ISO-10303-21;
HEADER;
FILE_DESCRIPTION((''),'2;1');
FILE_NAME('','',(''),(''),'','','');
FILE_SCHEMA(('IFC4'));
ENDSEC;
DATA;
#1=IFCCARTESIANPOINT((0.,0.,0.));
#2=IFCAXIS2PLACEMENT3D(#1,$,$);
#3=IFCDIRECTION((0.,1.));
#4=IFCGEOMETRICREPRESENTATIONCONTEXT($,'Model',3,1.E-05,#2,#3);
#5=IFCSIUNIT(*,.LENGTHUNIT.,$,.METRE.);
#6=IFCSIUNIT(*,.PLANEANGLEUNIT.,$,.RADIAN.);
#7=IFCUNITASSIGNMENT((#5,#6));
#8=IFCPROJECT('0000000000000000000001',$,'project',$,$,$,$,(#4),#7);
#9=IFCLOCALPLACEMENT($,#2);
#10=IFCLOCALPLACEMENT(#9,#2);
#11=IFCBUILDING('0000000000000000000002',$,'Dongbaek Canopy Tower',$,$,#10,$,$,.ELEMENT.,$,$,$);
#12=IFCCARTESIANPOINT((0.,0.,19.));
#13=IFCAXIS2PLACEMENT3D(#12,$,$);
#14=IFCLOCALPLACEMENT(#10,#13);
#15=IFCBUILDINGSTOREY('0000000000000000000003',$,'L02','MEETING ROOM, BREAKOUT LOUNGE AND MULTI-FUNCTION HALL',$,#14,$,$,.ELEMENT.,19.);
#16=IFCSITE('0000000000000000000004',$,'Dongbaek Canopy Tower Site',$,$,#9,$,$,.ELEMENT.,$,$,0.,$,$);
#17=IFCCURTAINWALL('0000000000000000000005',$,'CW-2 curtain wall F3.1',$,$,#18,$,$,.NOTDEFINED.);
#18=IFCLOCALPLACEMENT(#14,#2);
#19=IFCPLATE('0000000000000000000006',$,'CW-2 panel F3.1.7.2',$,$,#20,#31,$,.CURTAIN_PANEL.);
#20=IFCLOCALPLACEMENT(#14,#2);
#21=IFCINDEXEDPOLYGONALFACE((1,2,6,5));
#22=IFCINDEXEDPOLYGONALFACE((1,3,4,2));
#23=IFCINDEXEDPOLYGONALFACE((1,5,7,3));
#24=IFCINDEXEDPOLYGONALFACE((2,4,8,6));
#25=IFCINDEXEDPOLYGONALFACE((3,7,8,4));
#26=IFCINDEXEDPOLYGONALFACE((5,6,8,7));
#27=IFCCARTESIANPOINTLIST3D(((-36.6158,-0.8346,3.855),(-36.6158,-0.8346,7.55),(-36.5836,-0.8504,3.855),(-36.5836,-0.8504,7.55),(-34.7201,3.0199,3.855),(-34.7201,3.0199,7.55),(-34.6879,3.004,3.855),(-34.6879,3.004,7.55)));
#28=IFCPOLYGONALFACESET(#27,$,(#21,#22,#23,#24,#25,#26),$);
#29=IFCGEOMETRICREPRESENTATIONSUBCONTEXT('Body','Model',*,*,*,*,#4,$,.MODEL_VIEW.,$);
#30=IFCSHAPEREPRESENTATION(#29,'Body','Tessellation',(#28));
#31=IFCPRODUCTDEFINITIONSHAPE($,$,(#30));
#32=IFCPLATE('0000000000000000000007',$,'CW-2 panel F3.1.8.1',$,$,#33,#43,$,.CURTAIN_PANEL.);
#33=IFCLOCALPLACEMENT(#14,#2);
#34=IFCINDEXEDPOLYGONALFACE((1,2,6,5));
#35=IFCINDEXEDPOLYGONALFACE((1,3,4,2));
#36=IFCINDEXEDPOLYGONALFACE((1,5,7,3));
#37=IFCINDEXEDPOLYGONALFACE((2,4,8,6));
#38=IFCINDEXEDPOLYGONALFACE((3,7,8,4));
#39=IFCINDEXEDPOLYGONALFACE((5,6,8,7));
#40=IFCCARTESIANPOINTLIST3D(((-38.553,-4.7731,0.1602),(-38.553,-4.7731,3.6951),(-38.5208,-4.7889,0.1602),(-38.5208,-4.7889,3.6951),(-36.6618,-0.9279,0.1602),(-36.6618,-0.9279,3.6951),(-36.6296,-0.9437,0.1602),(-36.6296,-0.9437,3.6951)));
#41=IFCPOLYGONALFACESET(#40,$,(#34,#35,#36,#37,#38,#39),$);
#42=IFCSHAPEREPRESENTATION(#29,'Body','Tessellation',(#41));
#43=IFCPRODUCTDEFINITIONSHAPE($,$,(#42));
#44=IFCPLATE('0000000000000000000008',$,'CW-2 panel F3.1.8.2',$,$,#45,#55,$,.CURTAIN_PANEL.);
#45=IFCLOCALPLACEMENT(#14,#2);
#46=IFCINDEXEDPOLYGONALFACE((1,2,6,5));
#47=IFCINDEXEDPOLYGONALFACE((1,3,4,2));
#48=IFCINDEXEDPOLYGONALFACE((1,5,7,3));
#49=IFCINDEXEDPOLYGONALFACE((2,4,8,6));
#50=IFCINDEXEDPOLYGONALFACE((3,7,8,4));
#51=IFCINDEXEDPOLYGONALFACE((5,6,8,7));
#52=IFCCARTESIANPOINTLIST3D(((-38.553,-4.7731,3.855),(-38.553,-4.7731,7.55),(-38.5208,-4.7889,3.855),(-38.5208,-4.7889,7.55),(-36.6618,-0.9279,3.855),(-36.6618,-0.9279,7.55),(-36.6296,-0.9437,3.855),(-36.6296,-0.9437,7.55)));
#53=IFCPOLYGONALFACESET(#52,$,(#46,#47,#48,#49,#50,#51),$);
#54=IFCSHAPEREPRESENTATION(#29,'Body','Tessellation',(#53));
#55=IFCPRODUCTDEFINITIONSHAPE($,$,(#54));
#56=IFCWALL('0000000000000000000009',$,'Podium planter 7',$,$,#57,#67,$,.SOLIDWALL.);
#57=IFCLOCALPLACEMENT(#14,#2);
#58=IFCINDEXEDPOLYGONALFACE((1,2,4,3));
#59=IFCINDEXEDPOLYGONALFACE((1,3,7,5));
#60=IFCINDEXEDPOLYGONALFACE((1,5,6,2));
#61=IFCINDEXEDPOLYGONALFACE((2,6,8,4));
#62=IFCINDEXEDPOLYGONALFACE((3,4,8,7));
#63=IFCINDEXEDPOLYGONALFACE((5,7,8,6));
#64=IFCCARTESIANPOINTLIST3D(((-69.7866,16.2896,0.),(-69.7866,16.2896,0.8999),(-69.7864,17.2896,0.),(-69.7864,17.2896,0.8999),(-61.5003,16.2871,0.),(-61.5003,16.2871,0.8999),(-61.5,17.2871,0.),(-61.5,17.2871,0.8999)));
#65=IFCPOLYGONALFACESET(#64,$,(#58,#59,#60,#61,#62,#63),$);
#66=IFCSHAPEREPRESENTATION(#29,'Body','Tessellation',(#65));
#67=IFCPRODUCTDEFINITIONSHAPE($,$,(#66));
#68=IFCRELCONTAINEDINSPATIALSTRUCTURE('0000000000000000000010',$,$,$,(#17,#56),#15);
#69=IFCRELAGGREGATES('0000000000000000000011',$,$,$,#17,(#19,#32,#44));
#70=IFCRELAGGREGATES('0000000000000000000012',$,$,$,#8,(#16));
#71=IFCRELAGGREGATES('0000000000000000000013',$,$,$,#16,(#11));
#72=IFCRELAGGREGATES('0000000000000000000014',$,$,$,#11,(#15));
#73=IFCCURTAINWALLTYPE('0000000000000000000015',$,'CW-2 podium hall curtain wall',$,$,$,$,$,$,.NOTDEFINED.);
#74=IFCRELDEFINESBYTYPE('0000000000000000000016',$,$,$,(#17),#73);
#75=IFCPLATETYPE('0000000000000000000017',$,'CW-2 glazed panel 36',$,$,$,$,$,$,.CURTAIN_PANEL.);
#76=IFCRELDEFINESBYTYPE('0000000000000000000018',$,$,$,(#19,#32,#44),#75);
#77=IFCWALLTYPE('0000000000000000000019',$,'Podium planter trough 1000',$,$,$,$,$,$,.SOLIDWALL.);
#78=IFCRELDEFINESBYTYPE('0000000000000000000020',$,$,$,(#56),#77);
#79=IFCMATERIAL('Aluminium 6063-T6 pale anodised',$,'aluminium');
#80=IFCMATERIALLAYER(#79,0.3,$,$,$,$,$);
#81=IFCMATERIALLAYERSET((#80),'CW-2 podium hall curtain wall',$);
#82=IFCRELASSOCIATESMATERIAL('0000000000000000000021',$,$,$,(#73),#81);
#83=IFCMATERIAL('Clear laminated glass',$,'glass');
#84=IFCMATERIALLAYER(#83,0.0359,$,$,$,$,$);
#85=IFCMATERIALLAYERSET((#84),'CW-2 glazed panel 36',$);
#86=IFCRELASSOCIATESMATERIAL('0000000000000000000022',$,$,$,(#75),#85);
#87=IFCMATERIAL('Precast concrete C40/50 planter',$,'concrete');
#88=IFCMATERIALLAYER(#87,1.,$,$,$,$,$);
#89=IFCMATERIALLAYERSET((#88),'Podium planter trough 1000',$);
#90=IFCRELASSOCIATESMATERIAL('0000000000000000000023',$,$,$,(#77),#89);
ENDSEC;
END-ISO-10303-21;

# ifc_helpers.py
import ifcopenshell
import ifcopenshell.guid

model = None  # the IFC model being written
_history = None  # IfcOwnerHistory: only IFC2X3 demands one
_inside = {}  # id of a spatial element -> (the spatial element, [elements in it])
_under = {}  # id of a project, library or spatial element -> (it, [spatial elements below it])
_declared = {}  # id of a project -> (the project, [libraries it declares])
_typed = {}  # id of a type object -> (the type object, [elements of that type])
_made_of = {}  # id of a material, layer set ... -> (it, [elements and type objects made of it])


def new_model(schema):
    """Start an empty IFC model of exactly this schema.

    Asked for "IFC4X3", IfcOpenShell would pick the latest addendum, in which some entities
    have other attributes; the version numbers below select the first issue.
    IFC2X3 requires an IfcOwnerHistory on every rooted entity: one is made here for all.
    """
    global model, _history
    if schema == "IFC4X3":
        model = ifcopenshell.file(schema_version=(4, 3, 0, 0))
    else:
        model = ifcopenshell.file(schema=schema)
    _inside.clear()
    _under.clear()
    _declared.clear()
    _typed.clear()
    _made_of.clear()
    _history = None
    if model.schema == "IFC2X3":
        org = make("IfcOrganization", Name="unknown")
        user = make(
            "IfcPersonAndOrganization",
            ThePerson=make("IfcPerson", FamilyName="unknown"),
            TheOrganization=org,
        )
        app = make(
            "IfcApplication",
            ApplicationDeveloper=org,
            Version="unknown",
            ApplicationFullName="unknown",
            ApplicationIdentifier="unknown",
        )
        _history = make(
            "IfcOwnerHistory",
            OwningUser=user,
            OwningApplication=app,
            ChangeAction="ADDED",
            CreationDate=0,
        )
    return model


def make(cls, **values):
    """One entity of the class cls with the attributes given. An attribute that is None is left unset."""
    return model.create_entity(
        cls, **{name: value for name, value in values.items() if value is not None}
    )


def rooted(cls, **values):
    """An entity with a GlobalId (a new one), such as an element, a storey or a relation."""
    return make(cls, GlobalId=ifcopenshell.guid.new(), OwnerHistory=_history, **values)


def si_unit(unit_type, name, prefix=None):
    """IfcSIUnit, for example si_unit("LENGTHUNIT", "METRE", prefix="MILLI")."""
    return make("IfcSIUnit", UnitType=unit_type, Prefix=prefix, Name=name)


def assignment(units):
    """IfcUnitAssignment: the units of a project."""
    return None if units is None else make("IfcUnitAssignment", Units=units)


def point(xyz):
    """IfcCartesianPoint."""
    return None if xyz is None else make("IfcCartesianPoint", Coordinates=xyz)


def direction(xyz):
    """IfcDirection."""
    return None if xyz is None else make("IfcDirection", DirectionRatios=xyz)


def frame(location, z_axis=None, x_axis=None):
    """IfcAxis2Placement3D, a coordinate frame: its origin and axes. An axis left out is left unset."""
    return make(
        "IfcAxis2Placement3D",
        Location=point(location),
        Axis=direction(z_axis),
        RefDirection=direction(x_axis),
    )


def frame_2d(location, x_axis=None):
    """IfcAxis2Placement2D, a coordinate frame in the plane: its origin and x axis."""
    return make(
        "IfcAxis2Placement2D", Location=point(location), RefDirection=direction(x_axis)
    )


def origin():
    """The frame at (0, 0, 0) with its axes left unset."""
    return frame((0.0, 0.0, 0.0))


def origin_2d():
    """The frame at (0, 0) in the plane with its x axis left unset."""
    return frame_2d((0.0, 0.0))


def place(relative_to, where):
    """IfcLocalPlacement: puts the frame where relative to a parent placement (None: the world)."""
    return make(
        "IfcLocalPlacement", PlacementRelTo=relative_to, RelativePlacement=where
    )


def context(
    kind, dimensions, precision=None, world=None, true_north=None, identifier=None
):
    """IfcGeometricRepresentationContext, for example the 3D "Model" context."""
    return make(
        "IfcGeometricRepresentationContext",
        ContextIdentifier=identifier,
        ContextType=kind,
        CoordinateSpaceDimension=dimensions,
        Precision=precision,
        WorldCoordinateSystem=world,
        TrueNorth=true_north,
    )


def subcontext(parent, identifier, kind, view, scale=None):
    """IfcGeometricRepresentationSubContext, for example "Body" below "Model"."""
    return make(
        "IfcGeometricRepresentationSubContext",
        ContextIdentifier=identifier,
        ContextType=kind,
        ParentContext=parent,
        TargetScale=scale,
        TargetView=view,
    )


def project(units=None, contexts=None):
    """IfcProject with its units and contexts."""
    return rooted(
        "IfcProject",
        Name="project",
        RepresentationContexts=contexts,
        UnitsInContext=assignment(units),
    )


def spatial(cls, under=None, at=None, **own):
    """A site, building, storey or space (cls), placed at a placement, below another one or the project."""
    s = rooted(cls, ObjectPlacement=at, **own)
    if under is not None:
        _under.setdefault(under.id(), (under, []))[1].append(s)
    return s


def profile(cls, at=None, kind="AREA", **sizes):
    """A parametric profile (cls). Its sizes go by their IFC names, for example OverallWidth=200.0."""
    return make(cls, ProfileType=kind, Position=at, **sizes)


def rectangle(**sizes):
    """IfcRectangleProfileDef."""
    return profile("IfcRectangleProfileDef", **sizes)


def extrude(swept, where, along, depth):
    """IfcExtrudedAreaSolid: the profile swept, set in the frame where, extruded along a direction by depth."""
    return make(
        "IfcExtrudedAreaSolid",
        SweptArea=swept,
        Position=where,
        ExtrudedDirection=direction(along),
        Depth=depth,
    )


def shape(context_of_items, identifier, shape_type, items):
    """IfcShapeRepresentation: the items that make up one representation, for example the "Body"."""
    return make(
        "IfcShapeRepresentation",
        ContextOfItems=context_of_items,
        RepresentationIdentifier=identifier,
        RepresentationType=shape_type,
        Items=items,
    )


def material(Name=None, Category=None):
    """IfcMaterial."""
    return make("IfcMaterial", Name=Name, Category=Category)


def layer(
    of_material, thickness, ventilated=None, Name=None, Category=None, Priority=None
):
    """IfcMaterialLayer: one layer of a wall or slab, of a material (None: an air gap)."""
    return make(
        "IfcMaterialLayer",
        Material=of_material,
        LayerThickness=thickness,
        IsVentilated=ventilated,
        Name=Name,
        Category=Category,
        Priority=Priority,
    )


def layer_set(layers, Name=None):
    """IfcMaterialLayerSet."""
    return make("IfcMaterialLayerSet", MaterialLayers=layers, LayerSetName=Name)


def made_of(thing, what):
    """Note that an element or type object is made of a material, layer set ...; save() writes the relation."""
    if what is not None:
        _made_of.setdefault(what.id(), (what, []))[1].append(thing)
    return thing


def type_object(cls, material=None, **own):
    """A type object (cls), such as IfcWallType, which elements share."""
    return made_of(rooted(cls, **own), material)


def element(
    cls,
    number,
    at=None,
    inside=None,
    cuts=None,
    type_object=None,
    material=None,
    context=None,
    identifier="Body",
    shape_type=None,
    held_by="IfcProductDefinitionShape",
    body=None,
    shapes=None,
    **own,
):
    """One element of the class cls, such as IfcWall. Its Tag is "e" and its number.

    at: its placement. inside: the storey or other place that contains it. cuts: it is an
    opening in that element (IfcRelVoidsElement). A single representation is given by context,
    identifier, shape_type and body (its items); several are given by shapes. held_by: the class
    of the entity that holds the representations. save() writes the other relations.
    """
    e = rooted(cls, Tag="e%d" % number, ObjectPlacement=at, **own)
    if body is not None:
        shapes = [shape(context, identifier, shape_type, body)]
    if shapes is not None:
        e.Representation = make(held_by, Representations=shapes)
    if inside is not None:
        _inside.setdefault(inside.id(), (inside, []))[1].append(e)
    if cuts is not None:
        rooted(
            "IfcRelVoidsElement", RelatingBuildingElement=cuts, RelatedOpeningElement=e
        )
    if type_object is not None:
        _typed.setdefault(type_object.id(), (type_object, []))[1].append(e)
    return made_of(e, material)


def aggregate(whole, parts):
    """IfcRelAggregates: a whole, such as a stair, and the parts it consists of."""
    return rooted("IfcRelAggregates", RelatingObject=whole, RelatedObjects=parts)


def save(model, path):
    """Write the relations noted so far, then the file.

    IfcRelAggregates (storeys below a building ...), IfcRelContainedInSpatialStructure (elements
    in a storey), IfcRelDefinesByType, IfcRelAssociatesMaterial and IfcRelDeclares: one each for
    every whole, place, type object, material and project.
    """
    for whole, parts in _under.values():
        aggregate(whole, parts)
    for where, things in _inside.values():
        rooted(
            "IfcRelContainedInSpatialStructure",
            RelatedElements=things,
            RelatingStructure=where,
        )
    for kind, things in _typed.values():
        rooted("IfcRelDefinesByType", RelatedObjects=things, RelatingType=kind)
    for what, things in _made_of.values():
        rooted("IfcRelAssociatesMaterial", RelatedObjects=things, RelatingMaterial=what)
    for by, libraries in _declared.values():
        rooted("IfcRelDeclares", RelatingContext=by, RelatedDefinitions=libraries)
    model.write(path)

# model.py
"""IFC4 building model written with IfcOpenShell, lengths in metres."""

from ifc_helpers import new_model, si_unit, direction, frame, frame_2d, origin, origin_2d, place, context, subcontext, project, spatial, rectangle, extrude, material, layer, layer_set, type_object, element, aggregate, save


model = new_model("IFC4")

# Units and contexts
model_context = context("Model", 3, precision=1e-05, world=origin(), true_north=direction((0.0, 1.0)))
body_context = subcontext(model_context, "Body", "Model", "MODEL_VIEW")
ifc_project = project(units=[si_unit("LENGTHUNIT", "METRE"), si_unit("PLANEANGLEUNIT", "RADIAN")], contexts=[model_context])

# Site, building, storey
site_placement = place(None, origin())
site = spatial("IfcSite", under=ifc_project, at=site_placement, Name="Dongbaek Canopy Tower Site", CompositionType="ELEMENT", RefElevation=0.0)
building_placement = place(site_placement, origin())
building = spatial("IfcBuilding", under=site, at=building_placement, Name="Dongbaek Canopy Tower", CompositionType="ELEMENT")
storey_placement = place(building_placement, frame((0.0, 0.0, 19.0)))
storey = spatial("IfcBuildingStorey", under=building, at=storey_placement, Name="L02", Description="MEETING ROOM, BREAKOUT LOUNGE AND MULTI-FUNCTION HALL", CompositionType="ELEMENT", Elevation=19.0)

# Curtain wall
ifc_material_1 = material(Name="Aluminium 6063-T6 pale anodised", Category="aluminium")
ifc_layer_1 = layer(ifc_material_1, 0.3)
ifc_layer_set_1 = layer_set([ifc_layer_1], Name="CW-2 podium hall curtain wall")
curtain_wall_type = type_object("IfcCurtainWallType", Name="CW-2 podium hall curtain wall", PredefinedType="NOTDEFINED", material=ifc_layer_set_1)
curtain_wall_placement = place(storey_placement, origin())
curtain_wall = element("IfcCurtainWall", 1, at=curtain_wall_placement, inside=storey, type_object=curtain_wall_type, Name="CW-2 curtain wall F3.1", PredefinedType="NOTDEFINED")

# Plates
ifc_material_2 = material(Name="Clear laminated glass", Category="glass")
ifc_layer_2 = layer(ifc_material_2, 0.0359)
ifc_layer_set_2 = layer_set([ifc_layer_2], Name="CW-2 glazed panel 36")
plate_type = type_object("IfcPlateType", Name="CW-2 glazed panel 36", PredefinedType="CURTAIN_PANEL", material=ifc_layer_set_2)
plate_1_placement = place(storey_placement, frame((-35.6519, 1.0847, 3.855), z_axis=(0.0, 0.0, 1.0), x_axis=(-0.441342, -0.897339, 0.0)))
plate_1 = element("IfcPlate", 2, at=plate_1_placement, type_object=plate_type, Name="CW-2 panel F3.1.7.2", PredefinedType="CURTAIN_PANEL", context=body_context, shape_type="SweptSolid", body=[
    extrude(rectangle(XDim=4.2954, YDim=0.0359, at=origin_2d()), origin(), (0.0, 0.0, 1.0), 3.6951),
])
plate_2_placement = place(storey_placement, frame((-37.5913, -2.8584, 0.1602), z_axis=(0.0, 0.0, 1.0), x_axis=(-0.441342, -0.897339, 0.0)))
plate_2 = element("IfcPlate", 3, at=plate_2_placement, type_object=plate_type, Name="CW-2 panel F3.1.8.1", PredefinedType="CURTAIN_PANEL", context=body_context, shape_type="SweptSolid", body=[
    extrude(rectangle(XDim=4.2852, YDim=0.0359, at=origin_2d()), origin(), (0.0, 0.0, 1.0), 3.5349),
])
plate_3_placement = place(storey_placement, frame((-37.5913, -2.8584, 3.855), z_axis=(0.0, 0.0, 1.0), x_axis=(-0.441342, -0.897339, 0.0)))
plate_3 = element("IfcPlate", 4, at=plate_3_placement, type_object=plate_type, Name="CW-2 panel F3.1.8.2", PredefinedType="CURTAIN_PANEL", context=body_context, shape_type="SweptSolid", body=[
    extrude(rectangle(XDim=4.2852, YDim=0.0359, at=origin_2d()), origin(), (0.0, 0.0, 1.0), 3.6951),
])
aggregate(curtain_wall, [plate_1, plate_2, plate_3])

# Wall
ifc_material_3 = material(Name="Precast concrete C40/50 planter", Category="concrete")
ifc_layer_3 = layer(ifc_material_3, 1.0)
ifc_layer_set_3 = layer_set([ifc_layer_3], Name="Podium planter trough 1000")
wall_type = type_object("IfcWallType", Name="Podium planter trough 1000", PredefinedType="SOLIDWALL", material=ifc_layer_set_3)
wall_placement = place(storey_placement, frame((-69.7864, 16.7896, 0.0), z_axis=(0.0, 0.0, 1.0), x_axis=(1.0, -0.000295, 0.0)))
element("IfcWall", 5, at=wall_placement, inside=storey, type_object=wall_type, Name="Podium planter 7", PredefinedType="SOLIDWALL", context=body_context, shape_type="SweptSolid", body=[
    extrude(rectangle(XDim=8.2864, YDim=1.0, at=frame_2d((4.1431, 0.0))), origin(), (0.0, 0.0, 1.0), 0.8999),
])

save(model, "model.ifc")
